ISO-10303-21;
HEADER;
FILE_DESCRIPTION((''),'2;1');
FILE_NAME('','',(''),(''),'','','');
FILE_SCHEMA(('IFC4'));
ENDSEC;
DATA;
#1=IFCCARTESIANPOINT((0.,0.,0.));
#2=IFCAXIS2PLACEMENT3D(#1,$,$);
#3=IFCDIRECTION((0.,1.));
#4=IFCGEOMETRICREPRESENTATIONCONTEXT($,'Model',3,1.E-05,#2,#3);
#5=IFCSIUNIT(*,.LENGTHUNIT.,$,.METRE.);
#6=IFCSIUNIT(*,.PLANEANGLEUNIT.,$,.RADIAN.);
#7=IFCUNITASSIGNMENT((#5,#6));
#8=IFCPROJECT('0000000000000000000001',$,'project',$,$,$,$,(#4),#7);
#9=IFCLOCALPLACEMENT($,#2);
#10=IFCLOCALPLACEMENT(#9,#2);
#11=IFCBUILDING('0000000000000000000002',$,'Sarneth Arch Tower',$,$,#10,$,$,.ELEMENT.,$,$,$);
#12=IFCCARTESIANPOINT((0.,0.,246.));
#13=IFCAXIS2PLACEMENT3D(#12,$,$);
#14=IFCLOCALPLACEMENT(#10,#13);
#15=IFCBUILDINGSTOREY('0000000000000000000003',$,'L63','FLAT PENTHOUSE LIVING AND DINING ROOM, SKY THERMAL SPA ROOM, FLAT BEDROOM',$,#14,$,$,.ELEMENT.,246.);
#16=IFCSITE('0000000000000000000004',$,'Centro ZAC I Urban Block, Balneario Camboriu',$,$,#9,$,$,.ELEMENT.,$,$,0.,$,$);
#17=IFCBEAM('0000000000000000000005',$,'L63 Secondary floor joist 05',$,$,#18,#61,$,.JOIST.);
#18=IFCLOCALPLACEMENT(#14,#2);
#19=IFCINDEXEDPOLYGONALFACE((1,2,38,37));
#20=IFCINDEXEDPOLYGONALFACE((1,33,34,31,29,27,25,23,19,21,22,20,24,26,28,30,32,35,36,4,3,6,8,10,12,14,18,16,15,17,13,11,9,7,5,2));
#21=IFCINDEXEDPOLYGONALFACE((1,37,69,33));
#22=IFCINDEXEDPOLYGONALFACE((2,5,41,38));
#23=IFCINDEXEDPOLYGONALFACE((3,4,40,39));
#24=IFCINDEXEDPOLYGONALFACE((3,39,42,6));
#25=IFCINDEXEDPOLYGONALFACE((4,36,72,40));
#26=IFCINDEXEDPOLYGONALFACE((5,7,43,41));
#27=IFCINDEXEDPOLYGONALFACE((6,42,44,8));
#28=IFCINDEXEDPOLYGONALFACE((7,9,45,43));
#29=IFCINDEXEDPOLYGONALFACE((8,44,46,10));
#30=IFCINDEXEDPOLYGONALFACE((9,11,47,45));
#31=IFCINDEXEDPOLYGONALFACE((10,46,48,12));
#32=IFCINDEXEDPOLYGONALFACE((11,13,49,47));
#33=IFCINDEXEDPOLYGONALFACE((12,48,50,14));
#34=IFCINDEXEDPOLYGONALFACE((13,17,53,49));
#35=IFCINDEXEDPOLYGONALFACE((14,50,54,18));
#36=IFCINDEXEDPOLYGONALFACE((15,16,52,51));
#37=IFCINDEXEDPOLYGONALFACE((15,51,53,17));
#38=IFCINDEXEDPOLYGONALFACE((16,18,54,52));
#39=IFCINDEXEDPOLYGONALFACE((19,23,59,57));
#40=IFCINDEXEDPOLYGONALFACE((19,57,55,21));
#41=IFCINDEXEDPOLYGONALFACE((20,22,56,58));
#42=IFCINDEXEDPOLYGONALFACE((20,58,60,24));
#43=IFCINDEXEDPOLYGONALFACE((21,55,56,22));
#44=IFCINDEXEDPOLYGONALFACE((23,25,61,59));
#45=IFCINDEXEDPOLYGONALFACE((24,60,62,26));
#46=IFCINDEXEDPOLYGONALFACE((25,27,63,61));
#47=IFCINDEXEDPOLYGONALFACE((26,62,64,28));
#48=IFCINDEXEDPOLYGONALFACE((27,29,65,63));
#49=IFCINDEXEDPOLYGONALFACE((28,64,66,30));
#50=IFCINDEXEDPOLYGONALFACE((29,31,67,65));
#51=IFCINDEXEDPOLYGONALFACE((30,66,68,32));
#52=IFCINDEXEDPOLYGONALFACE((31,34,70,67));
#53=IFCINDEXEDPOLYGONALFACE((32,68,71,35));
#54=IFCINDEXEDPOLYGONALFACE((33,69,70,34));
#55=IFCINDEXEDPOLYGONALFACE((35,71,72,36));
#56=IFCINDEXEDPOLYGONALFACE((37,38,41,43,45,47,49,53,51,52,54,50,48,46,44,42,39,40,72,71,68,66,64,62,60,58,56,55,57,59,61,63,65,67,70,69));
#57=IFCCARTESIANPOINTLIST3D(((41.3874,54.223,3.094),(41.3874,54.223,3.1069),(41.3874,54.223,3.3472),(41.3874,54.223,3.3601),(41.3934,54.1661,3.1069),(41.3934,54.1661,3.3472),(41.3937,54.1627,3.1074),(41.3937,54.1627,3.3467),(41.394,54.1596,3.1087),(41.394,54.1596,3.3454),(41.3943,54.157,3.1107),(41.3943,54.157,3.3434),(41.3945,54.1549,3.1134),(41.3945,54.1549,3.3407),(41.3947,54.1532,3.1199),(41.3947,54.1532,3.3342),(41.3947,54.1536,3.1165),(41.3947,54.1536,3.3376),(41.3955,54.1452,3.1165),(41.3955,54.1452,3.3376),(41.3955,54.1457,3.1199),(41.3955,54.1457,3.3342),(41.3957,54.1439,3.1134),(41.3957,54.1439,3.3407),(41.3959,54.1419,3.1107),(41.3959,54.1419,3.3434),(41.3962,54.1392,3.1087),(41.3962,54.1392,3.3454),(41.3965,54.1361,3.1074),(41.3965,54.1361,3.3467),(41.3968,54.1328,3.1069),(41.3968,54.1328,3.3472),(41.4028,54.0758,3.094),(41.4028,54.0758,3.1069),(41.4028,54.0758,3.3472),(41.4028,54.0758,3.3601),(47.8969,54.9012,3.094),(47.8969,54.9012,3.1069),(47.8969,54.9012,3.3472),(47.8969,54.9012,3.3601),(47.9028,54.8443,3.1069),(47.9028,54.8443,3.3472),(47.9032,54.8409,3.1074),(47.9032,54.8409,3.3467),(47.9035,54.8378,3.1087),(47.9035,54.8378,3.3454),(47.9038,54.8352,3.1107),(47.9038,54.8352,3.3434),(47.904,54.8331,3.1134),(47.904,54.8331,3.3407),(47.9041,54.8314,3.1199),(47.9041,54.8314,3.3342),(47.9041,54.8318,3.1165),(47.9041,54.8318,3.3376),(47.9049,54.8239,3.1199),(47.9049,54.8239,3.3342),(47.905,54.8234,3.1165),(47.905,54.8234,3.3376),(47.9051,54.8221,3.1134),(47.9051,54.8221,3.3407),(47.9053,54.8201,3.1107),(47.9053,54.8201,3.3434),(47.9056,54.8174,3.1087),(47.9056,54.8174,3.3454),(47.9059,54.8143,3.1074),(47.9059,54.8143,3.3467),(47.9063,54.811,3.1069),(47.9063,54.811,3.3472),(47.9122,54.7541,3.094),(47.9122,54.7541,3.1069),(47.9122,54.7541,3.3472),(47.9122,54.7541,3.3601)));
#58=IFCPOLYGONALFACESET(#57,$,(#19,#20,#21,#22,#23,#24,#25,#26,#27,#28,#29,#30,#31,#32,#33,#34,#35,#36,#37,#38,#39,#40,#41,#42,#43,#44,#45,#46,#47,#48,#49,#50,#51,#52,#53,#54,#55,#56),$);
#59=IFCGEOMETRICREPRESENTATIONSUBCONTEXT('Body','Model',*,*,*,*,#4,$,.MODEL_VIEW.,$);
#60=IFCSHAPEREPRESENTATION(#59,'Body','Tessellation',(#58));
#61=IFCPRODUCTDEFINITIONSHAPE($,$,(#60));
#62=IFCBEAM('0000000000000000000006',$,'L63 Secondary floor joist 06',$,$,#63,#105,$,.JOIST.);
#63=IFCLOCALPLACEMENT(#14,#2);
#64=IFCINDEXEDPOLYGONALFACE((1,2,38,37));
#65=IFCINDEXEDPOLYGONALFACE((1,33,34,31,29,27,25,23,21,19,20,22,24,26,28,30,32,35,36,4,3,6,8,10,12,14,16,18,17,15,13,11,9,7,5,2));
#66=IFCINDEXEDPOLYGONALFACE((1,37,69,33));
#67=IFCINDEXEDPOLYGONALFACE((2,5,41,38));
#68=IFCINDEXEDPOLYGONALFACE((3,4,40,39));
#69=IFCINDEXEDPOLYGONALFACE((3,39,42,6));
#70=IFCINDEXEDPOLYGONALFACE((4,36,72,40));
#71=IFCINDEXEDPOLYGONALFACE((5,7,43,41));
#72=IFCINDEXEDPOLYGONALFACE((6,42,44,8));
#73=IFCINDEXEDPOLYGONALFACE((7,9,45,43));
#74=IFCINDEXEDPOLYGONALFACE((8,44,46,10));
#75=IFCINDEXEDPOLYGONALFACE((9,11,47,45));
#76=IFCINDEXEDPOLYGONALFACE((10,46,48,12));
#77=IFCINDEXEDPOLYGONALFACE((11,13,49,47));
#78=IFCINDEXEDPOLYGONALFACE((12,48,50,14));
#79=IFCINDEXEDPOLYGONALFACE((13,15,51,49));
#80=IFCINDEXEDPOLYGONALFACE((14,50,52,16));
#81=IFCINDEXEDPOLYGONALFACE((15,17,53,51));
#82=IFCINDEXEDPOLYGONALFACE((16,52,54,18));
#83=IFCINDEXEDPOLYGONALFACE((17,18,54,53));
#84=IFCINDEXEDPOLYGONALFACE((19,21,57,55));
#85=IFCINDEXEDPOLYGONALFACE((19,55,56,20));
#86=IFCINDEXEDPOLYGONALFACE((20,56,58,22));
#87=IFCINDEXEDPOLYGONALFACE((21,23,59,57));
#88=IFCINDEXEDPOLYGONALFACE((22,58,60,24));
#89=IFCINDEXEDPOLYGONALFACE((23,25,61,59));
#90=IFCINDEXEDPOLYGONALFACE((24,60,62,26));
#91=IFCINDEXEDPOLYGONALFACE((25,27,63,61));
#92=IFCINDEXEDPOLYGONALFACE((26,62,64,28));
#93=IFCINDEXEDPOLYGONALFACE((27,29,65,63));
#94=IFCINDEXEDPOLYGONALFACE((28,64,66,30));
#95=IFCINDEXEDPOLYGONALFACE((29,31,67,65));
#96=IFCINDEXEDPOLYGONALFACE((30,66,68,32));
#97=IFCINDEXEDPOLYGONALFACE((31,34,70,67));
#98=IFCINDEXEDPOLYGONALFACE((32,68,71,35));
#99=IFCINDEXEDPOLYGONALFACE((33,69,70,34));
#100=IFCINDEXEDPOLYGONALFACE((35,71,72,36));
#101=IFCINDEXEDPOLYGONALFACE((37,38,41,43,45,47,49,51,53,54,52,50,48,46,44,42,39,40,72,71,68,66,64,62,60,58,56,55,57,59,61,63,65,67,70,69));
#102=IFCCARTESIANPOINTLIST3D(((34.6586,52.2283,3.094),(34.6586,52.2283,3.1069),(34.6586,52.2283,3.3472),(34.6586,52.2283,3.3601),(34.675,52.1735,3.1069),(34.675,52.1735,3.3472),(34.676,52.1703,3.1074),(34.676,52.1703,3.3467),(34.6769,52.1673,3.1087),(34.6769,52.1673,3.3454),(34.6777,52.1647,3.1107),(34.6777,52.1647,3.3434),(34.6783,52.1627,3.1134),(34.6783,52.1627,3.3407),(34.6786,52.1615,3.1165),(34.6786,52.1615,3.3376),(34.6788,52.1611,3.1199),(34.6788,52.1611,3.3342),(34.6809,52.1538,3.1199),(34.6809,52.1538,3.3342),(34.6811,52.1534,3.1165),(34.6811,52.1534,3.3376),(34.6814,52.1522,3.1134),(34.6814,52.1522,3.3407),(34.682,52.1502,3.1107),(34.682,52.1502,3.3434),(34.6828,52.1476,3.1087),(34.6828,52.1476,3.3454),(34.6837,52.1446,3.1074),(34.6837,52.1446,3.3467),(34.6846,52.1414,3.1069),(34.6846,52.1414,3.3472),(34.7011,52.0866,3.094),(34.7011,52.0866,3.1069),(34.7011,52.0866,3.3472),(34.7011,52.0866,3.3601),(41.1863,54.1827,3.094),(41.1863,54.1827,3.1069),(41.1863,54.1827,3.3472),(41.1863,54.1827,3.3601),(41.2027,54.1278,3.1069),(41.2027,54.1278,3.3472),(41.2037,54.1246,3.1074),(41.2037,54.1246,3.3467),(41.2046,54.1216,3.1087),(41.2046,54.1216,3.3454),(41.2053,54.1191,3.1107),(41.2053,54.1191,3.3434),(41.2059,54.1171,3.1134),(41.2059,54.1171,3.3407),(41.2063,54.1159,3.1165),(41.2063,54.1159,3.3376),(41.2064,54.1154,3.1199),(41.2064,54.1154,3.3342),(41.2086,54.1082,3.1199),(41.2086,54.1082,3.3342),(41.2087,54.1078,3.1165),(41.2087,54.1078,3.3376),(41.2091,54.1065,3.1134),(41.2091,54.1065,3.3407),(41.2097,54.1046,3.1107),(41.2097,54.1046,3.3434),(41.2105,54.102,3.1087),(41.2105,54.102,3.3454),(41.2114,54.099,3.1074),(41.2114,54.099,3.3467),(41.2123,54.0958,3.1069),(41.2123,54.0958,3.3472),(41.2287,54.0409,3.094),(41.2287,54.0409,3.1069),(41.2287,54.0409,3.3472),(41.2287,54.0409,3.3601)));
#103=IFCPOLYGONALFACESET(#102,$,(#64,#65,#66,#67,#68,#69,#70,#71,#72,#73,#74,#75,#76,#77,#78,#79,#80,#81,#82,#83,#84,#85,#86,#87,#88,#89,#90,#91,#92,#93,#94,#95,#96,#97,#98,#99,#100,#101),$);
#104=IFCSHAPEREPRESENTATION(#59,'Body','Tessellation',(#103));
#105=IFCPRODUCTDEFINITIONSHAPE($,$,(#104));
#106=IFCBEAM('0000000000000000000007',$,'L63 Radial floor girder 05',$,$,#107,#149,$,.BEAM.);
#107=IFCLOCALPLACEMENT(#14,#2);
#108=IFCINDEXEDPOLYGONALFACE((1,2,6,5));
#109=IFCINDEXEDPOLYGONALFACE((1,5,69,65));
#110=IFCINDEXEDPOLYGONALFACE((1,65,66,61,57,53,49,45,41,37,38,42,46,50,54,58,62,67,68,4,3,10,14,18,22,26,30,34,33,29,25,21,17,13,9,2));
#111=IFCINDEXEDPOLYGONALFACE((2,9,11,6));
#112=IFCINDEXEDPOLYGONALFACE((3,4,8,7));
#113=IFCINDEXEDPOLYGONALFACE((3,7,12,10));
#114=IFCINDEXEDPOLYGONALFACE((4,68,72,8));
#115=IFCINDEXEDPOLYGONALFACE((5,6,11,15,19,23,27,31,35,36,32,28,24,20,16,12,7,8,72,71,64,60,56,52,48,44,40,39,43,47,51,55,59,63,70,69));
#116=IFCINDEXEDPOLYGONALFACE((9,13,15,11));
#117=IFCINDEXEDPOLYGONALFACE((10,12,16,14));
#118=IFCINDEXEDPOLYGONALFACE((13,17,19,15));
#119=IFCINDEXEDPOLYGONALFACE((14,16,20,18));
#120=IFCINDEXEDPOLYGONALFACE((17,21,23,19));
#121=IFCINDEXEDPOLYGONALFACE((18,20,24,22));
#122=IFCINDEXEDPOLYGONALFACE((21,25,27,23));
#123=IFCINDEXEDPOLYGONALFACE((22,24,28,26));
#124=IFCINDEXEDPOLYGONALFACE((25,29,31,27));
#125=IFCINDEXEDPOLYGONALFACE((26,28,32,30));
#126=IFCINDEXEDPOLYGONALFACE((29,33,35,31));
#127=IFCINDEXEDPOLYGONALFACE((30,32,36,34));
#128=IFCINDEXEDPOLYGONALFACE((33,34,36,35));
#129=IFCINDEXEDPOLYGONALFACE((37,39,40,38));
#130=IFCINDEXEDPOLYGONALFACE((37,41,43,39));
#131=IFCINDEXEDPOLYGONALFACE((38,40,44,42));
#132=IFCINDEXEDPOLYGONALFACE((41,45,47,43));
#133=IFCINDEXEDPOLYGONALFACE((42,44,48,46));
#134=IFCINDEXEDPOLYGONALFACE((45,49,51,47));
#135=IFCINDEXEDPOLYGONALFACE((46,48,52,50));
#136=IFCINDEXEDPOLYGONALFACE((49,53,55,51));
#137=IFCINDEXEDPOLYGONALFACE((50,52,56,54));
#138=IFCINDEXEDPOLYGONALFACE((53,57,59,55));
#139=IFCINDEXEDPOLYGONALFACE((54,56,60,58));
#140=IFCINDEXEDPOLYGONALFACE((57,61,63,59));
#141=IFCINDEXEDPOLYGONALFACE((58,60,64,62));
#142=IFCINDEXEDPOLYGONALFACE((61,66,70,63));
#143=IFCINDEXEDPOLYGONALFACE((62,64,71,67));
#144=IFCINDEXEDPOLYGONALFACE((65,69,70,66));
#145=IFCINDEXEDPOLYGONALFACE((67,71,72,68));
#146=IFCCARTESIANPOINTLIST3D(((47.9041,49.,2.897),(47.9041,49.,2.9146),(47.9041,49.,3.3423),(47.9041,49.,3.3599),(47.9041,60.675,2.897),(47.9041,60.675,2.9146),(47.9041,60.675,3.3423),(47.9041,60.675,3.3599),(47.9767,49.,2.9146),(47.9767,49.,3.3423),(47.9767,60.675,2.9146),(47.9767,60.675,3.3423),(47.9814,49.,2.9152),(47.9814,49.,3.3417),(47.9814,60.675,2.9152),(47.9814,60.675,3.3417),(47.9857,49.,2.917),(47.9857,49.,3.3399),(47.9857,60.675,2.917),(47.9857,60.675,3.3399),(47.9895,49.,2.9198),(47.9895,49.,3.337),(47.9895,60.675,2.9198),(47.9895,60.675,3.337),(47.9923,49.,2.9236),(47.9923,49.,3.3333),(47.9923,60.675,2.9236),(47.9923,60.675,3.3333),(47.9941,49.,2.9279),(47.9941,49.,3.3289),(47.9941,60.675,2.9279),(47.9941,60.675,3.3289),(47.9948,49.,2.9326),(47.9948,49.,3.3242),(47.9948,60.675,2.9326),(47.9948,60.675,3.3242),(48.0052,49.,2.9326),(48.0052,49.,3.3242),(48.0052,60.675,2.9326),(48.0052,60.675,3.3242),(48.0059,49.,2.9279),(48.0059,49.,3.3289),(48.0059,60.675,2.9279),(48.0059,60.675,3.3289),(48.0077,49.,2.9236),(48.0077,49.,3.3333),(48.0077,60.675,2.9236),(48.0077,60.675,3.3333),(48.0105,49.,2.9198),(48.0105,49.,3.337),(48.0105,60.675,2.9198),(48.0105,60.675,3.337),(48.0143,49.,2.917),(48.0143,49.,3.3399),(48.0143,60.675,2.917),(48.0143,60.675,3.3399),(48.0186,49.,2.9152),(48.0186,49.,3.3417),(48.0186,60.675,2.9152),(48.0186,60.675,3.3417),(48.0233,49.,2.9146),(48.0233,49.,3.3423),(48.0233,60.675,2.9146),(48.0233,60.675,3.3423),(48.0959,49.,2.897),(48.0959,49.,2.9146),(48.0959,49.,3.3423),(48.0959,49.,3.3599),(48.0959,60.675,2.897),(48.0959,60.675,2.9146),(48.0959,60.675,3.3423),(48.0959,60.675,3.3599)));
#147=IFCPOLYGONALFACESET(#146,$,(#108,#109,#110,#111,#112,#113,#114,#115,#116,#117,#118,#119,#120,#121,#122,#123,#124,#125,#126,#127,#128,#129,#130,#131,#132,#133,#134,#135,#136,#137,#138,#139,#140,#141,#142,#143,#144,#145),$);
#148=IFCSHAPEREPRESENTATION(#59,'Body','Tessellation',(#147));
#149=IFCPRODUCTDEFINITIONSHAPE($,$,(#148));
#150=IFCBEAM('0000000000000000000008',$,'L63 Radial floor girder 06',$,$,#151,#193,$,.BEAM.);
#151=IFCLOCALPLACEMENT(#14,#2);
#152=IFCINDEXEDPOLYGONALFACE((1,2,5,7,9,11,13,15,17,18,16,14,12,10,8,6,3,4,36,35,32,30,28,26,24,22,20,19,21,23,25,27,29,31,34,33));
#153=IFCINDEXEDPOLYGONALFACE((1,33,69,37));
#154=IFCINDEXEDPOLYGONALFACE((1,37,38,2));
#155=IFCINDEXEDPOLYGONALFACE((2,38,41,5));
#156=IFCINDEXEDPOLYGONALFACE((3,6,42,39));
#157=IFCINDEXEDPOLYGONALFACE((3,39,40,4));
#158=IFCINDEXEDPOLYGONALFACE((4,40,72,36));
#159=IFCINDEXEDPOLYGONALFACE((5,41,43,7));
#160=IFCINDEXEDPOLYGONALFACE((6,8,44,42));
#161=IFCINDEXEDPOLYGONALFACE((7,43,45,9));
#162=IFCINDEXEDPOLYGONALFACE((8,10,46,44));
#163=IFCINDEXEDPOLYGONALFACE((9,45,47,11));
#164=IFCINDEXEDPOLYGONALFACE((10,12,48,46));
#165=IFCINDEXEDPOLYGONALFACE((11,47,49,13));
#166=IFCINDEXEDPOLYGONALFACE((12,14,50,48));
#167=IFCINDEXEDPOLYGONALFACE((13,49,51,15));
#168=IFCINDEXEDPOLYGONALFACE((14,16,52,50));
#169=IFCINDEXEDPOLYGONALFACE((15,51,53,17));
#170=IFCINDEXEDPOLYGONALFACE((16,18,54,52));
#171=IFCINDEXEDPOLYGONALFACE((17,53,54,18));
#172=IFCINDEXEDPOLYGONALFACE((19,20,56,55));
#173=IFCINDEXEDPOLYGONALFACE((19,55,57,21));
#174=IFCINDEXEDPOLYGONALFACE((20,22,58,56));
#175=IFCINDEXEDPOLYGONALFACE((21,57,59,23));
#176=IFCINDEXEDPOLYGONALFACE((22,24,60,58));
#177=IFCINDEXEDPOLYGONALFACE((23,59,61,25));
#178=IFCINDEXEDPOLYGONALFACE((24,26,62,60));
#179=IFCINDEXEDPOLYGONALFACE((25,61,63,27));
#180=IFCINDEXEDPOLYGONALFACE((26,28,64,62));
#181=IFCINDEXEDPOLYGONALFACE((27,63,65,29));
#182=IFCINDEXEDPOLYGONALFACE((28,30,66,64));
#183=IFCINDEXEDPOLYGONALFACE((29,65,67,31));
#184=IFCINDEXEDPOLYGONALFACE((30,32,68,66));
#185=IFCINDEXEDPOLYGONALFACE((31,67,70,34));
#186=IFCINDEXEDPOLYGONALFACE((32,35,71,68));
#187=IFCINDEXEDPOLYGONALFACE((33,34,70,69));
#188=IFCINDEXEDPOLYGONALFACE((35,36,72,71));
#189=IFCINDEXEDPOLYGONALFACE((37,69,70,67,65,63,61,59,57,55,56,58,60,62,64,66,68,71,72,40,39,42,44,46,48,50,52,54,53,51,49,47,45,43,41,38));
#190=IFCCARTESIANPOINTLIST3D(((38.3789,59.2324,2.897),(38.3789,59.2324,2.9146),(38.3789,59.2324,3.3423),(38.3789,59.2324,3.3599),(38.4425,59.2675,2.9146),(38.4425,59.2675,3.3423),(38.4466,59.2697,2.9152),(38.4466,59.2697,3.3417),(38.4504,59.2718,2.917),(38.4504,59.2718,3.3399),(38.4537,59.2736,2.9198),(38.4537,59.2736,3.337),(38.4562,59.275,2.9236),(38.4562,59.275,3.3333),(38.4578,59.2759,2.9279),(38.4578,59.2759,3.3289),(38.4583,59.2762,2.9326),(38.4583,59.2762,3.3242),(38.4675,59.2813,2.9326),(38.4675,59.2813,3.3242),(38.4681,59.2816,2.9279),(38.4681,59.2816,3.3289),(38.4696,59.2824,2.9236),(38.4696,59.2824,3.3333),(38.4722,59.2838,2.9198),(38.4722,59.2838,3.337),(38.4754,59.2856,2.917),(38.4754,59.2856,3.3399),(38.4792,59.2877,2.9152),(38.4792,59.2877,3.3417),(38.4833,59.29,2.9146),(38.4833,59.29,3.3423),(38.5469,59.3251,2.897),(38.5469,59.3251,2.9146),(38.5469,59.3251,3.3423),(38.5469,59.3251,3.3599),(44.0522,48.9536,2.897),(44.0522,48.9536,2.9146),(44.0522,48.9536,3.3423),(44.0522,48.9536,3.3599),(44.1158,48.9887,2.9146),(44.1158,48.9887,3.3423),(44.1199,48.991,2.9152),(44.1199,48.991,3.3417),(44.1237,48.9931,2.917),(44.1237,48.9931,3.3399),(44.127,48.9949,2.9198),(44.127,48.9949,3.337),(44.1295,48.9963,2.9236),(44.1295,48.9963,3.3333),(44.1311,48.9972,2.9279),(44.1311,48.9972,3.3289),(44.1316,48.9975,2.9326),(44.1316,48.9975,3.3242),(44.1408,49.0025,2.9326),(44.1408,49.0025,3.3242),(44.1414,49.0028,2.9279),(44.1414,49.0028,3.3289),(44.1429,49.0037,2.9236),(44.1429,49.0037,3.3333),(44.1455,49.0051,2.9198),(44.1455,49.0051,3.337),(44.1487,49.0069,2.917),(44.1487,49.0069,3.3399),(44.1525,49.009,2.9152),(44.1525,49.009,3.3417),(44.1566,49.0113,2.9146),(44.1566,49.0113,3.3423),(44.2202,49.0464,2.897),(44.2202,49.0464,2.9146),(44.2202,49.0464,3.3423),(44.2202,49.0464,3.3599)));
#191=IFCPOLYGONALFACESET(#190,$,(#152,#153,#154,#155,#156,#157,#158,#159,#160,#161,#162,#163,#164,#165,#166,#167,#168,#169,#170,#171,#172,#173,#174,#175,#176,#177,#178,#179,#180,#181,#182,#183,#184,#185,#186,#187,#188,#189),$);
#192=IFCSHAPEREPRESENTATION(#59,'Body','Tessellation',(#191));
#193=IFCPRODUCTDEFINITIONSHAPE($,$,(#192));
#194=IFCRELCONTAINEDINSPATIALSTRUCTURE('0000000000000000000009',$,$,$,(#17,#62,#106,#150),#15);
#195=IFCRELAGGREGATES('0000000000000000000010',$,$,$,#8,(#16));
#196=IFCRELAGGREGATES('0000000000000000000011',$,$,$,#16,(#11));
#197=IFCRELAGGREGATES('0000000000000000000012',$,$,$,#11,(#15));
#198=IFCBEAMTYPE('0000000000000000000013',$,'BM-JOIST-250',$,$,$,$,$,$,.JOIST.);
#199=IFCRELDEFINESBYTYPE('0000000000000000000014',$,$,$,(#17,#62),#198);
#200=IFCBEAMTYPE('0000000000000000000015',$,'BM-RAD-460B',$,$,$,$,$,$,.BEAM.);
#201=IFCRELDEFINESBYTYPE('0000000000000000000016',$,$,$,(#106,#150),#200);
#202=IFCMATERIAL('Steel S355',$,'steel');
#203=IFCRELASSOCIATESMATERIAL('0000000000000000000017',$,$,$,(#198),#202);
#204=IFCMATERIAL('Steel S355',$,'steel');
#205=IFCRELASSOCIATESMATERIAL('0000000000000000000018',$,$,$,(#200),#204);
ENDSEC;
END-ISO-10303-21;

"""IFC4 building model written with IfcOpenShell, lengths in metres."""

from ifc_helpers import new_model, si_unit, direction, frame, origin, origin_2d, place, context, subcontext, project, spatial, i_section, extrude, material, material_profile, profile_set, type_object, element, save


model = new_model("IFC4")

# Units and contexts
model_context = context("Model", 3, precision=1e-05, world=origin(), true_north=direction((0.0, 1.0)))
body_context = subcontext(model_context, "Body", "Model", "MODEL_VIEW")
ifc_project = project(units=[si_unit("LENGTHUNIT", "METRE"), si_unit("PLANEANGLEUNIT", "RADIAN")], contexts=[model_context])

# Site, building, storey
site_placement = place(None, origin())
site = spatial("IfcSite", under=ifc_project, at=site_placement, Name="Centro ZAC I Urban Block, Balneario Camboriu", CompositionType="ELEMENT", RefElevation=0.0)
building_placement = place(site_placement, origin())
building = spatial("IfcBuilding", under=site, at=building_placement, Name="Sarneth Arch Tower", CompositionType="ELEMENT")
storey_placement = place(building_placement, frame((0.0, 0.0, 246.0)))
storey = spatial("IfcBuildingStorey", under=building, at=storey_placement, Name="L63", Description="FLAT PENTHOUSE LIVING AND DINING ROOM, SKY THERMAL SPA ROOM, FLAT BEDROOM", CompositionType="ELEMENT", Elevation=246.0)

# Beams
ifc_material_1 = material(Name="Steel S355", Category="steel")
ifc_material_profile_1 = material_profile(ifc_material_1, i_section(OverallWidth=0.1479, OverallDepth=0.2661, WebThickness=0.0076, FlangeThickness=0.0129, FilletRadius=0.0129, at=origin_2d()), Name="W250x44.8")
ifc_profile_set_1 = profile_set([ifc_material_profile_1], Name="Steel S355")
beam_type_1 = type_object("IfcBeamType", Name="BM-JOIST-250", PredefinedType="JOIST", material=ifc_profile_set_1)
beam_1_placement = place(storey_placement, frame((47.9045, 54.8276, 3.2271), z_axis=(-0.994616, -0.103628, 0.0), x_axis=(0.103628, -0.994616, 0.0)))
element("IfcBeam", 1, at=beam_1_placement, inside=storey, type_object=beam_type_1, Name="L63 Secondary floor joist 05", PredefinedType="JOIST", context=body_context, shape_type="SweptSolid", body=[
    extrude(i_section(OverallWidth=0.1479, OverallDepth=0.2661, WebThickness=0.0076, FlangeThickness=0.0129, FilletRadius=0.0129, at=origin_2d()), origin(), (0.0, 0.0, 1.0), 6.5447),
])
beam_2_placement = place(storey_placement, frame((41.2075, 54.1118, 3.2271), z_axis=(-0.957985, -0.286819, 0.0), x_axis=(0.286819, -0.957985, 0.0)))
element("IfcBeam", 2, at=beam_2_placement, inside=storey, type_object=beam_type_1, Name="L63 Secondary floor joist 06", PredefinedType="JOIST", context=body_context, shape_type="SweptSolid", body=[
    extrude(i_section(OverallWidth=0.1479, OverallDepth=0.2661, WebThickness=0.0076, FlangeThickness=0.0129, FilletRadius=0.0129, at=origin_2d()), origin(), (0.0, 0.0, 1.0), 6.814),
])
ifc_material_2 = material(Name="Steel S355", Category="steel")
ifc_material_profile_2 = material_profile(ifc_material_2, i_section(OverallWidth=0.1919, OverallDepth=0.4629, WebThickness=0.0105, FlangeThickness=0.0176, FilletRadius=0.0181, at=origin_2d()), Name="W460x89")
ifc_profile_set_2 = profile_set([ifc_material_profile_2], Name="Steel S355")
beam_type_2 = type_object("IfcBeamType", Name="BM-RAD-460B", PredefinedType="BEAM", material=ifc_profile_set_2)
beam_3_placement = place(storey_placement, frame((48.0, 49.0, 3.1284), z_axis=(0.0, 1.0, 0.0), x_axis=(-1.0, 0.0, 0.0)))
element("IfcBeam", 3, at=beam_3_placement, inside=storey, type_object=beam_type_2, Name="L63 Radial floor girder 05", PredefinedType="BEAM", context=body_context, shape_type="SweptSolid", body=[
    extrude(i_section(OverallWidth=0.1919, OverallDepth=0.4629, WebThickness=0.0105, FlangeThickness=0.0176, FilletRadius=0.0181, at=origin_2d()), origin(), (0.0, 0.0, 1.0), 11.675),
])
beam_4_placement = place(storey_placement, frame((44.1362, 49.0, 3.1284), z_axis=(-0.483226, 0.875496, 0.0), x_axis=(-0.875496, -0.483226, 0.0)))
element("IfcBeam", 4, at=beam_4_placement, inside=storey, type_object=beam_type_2, Name="L63 Radial floor girder 06", PredefinedType="BEAM", context=body_context, shape_type="SweptSolid", body=[
    extrude(i_section(OverallWidth=0.1919, OverallDepth=0.4629, WebThickness=0.0105, FlangeThickness=0.0176, FilletRadius=0.0181, at=origin_2d()), origin(), (0.0, 0.0, 1.0), 11.7405),
])

save(model, "model.ifc")
